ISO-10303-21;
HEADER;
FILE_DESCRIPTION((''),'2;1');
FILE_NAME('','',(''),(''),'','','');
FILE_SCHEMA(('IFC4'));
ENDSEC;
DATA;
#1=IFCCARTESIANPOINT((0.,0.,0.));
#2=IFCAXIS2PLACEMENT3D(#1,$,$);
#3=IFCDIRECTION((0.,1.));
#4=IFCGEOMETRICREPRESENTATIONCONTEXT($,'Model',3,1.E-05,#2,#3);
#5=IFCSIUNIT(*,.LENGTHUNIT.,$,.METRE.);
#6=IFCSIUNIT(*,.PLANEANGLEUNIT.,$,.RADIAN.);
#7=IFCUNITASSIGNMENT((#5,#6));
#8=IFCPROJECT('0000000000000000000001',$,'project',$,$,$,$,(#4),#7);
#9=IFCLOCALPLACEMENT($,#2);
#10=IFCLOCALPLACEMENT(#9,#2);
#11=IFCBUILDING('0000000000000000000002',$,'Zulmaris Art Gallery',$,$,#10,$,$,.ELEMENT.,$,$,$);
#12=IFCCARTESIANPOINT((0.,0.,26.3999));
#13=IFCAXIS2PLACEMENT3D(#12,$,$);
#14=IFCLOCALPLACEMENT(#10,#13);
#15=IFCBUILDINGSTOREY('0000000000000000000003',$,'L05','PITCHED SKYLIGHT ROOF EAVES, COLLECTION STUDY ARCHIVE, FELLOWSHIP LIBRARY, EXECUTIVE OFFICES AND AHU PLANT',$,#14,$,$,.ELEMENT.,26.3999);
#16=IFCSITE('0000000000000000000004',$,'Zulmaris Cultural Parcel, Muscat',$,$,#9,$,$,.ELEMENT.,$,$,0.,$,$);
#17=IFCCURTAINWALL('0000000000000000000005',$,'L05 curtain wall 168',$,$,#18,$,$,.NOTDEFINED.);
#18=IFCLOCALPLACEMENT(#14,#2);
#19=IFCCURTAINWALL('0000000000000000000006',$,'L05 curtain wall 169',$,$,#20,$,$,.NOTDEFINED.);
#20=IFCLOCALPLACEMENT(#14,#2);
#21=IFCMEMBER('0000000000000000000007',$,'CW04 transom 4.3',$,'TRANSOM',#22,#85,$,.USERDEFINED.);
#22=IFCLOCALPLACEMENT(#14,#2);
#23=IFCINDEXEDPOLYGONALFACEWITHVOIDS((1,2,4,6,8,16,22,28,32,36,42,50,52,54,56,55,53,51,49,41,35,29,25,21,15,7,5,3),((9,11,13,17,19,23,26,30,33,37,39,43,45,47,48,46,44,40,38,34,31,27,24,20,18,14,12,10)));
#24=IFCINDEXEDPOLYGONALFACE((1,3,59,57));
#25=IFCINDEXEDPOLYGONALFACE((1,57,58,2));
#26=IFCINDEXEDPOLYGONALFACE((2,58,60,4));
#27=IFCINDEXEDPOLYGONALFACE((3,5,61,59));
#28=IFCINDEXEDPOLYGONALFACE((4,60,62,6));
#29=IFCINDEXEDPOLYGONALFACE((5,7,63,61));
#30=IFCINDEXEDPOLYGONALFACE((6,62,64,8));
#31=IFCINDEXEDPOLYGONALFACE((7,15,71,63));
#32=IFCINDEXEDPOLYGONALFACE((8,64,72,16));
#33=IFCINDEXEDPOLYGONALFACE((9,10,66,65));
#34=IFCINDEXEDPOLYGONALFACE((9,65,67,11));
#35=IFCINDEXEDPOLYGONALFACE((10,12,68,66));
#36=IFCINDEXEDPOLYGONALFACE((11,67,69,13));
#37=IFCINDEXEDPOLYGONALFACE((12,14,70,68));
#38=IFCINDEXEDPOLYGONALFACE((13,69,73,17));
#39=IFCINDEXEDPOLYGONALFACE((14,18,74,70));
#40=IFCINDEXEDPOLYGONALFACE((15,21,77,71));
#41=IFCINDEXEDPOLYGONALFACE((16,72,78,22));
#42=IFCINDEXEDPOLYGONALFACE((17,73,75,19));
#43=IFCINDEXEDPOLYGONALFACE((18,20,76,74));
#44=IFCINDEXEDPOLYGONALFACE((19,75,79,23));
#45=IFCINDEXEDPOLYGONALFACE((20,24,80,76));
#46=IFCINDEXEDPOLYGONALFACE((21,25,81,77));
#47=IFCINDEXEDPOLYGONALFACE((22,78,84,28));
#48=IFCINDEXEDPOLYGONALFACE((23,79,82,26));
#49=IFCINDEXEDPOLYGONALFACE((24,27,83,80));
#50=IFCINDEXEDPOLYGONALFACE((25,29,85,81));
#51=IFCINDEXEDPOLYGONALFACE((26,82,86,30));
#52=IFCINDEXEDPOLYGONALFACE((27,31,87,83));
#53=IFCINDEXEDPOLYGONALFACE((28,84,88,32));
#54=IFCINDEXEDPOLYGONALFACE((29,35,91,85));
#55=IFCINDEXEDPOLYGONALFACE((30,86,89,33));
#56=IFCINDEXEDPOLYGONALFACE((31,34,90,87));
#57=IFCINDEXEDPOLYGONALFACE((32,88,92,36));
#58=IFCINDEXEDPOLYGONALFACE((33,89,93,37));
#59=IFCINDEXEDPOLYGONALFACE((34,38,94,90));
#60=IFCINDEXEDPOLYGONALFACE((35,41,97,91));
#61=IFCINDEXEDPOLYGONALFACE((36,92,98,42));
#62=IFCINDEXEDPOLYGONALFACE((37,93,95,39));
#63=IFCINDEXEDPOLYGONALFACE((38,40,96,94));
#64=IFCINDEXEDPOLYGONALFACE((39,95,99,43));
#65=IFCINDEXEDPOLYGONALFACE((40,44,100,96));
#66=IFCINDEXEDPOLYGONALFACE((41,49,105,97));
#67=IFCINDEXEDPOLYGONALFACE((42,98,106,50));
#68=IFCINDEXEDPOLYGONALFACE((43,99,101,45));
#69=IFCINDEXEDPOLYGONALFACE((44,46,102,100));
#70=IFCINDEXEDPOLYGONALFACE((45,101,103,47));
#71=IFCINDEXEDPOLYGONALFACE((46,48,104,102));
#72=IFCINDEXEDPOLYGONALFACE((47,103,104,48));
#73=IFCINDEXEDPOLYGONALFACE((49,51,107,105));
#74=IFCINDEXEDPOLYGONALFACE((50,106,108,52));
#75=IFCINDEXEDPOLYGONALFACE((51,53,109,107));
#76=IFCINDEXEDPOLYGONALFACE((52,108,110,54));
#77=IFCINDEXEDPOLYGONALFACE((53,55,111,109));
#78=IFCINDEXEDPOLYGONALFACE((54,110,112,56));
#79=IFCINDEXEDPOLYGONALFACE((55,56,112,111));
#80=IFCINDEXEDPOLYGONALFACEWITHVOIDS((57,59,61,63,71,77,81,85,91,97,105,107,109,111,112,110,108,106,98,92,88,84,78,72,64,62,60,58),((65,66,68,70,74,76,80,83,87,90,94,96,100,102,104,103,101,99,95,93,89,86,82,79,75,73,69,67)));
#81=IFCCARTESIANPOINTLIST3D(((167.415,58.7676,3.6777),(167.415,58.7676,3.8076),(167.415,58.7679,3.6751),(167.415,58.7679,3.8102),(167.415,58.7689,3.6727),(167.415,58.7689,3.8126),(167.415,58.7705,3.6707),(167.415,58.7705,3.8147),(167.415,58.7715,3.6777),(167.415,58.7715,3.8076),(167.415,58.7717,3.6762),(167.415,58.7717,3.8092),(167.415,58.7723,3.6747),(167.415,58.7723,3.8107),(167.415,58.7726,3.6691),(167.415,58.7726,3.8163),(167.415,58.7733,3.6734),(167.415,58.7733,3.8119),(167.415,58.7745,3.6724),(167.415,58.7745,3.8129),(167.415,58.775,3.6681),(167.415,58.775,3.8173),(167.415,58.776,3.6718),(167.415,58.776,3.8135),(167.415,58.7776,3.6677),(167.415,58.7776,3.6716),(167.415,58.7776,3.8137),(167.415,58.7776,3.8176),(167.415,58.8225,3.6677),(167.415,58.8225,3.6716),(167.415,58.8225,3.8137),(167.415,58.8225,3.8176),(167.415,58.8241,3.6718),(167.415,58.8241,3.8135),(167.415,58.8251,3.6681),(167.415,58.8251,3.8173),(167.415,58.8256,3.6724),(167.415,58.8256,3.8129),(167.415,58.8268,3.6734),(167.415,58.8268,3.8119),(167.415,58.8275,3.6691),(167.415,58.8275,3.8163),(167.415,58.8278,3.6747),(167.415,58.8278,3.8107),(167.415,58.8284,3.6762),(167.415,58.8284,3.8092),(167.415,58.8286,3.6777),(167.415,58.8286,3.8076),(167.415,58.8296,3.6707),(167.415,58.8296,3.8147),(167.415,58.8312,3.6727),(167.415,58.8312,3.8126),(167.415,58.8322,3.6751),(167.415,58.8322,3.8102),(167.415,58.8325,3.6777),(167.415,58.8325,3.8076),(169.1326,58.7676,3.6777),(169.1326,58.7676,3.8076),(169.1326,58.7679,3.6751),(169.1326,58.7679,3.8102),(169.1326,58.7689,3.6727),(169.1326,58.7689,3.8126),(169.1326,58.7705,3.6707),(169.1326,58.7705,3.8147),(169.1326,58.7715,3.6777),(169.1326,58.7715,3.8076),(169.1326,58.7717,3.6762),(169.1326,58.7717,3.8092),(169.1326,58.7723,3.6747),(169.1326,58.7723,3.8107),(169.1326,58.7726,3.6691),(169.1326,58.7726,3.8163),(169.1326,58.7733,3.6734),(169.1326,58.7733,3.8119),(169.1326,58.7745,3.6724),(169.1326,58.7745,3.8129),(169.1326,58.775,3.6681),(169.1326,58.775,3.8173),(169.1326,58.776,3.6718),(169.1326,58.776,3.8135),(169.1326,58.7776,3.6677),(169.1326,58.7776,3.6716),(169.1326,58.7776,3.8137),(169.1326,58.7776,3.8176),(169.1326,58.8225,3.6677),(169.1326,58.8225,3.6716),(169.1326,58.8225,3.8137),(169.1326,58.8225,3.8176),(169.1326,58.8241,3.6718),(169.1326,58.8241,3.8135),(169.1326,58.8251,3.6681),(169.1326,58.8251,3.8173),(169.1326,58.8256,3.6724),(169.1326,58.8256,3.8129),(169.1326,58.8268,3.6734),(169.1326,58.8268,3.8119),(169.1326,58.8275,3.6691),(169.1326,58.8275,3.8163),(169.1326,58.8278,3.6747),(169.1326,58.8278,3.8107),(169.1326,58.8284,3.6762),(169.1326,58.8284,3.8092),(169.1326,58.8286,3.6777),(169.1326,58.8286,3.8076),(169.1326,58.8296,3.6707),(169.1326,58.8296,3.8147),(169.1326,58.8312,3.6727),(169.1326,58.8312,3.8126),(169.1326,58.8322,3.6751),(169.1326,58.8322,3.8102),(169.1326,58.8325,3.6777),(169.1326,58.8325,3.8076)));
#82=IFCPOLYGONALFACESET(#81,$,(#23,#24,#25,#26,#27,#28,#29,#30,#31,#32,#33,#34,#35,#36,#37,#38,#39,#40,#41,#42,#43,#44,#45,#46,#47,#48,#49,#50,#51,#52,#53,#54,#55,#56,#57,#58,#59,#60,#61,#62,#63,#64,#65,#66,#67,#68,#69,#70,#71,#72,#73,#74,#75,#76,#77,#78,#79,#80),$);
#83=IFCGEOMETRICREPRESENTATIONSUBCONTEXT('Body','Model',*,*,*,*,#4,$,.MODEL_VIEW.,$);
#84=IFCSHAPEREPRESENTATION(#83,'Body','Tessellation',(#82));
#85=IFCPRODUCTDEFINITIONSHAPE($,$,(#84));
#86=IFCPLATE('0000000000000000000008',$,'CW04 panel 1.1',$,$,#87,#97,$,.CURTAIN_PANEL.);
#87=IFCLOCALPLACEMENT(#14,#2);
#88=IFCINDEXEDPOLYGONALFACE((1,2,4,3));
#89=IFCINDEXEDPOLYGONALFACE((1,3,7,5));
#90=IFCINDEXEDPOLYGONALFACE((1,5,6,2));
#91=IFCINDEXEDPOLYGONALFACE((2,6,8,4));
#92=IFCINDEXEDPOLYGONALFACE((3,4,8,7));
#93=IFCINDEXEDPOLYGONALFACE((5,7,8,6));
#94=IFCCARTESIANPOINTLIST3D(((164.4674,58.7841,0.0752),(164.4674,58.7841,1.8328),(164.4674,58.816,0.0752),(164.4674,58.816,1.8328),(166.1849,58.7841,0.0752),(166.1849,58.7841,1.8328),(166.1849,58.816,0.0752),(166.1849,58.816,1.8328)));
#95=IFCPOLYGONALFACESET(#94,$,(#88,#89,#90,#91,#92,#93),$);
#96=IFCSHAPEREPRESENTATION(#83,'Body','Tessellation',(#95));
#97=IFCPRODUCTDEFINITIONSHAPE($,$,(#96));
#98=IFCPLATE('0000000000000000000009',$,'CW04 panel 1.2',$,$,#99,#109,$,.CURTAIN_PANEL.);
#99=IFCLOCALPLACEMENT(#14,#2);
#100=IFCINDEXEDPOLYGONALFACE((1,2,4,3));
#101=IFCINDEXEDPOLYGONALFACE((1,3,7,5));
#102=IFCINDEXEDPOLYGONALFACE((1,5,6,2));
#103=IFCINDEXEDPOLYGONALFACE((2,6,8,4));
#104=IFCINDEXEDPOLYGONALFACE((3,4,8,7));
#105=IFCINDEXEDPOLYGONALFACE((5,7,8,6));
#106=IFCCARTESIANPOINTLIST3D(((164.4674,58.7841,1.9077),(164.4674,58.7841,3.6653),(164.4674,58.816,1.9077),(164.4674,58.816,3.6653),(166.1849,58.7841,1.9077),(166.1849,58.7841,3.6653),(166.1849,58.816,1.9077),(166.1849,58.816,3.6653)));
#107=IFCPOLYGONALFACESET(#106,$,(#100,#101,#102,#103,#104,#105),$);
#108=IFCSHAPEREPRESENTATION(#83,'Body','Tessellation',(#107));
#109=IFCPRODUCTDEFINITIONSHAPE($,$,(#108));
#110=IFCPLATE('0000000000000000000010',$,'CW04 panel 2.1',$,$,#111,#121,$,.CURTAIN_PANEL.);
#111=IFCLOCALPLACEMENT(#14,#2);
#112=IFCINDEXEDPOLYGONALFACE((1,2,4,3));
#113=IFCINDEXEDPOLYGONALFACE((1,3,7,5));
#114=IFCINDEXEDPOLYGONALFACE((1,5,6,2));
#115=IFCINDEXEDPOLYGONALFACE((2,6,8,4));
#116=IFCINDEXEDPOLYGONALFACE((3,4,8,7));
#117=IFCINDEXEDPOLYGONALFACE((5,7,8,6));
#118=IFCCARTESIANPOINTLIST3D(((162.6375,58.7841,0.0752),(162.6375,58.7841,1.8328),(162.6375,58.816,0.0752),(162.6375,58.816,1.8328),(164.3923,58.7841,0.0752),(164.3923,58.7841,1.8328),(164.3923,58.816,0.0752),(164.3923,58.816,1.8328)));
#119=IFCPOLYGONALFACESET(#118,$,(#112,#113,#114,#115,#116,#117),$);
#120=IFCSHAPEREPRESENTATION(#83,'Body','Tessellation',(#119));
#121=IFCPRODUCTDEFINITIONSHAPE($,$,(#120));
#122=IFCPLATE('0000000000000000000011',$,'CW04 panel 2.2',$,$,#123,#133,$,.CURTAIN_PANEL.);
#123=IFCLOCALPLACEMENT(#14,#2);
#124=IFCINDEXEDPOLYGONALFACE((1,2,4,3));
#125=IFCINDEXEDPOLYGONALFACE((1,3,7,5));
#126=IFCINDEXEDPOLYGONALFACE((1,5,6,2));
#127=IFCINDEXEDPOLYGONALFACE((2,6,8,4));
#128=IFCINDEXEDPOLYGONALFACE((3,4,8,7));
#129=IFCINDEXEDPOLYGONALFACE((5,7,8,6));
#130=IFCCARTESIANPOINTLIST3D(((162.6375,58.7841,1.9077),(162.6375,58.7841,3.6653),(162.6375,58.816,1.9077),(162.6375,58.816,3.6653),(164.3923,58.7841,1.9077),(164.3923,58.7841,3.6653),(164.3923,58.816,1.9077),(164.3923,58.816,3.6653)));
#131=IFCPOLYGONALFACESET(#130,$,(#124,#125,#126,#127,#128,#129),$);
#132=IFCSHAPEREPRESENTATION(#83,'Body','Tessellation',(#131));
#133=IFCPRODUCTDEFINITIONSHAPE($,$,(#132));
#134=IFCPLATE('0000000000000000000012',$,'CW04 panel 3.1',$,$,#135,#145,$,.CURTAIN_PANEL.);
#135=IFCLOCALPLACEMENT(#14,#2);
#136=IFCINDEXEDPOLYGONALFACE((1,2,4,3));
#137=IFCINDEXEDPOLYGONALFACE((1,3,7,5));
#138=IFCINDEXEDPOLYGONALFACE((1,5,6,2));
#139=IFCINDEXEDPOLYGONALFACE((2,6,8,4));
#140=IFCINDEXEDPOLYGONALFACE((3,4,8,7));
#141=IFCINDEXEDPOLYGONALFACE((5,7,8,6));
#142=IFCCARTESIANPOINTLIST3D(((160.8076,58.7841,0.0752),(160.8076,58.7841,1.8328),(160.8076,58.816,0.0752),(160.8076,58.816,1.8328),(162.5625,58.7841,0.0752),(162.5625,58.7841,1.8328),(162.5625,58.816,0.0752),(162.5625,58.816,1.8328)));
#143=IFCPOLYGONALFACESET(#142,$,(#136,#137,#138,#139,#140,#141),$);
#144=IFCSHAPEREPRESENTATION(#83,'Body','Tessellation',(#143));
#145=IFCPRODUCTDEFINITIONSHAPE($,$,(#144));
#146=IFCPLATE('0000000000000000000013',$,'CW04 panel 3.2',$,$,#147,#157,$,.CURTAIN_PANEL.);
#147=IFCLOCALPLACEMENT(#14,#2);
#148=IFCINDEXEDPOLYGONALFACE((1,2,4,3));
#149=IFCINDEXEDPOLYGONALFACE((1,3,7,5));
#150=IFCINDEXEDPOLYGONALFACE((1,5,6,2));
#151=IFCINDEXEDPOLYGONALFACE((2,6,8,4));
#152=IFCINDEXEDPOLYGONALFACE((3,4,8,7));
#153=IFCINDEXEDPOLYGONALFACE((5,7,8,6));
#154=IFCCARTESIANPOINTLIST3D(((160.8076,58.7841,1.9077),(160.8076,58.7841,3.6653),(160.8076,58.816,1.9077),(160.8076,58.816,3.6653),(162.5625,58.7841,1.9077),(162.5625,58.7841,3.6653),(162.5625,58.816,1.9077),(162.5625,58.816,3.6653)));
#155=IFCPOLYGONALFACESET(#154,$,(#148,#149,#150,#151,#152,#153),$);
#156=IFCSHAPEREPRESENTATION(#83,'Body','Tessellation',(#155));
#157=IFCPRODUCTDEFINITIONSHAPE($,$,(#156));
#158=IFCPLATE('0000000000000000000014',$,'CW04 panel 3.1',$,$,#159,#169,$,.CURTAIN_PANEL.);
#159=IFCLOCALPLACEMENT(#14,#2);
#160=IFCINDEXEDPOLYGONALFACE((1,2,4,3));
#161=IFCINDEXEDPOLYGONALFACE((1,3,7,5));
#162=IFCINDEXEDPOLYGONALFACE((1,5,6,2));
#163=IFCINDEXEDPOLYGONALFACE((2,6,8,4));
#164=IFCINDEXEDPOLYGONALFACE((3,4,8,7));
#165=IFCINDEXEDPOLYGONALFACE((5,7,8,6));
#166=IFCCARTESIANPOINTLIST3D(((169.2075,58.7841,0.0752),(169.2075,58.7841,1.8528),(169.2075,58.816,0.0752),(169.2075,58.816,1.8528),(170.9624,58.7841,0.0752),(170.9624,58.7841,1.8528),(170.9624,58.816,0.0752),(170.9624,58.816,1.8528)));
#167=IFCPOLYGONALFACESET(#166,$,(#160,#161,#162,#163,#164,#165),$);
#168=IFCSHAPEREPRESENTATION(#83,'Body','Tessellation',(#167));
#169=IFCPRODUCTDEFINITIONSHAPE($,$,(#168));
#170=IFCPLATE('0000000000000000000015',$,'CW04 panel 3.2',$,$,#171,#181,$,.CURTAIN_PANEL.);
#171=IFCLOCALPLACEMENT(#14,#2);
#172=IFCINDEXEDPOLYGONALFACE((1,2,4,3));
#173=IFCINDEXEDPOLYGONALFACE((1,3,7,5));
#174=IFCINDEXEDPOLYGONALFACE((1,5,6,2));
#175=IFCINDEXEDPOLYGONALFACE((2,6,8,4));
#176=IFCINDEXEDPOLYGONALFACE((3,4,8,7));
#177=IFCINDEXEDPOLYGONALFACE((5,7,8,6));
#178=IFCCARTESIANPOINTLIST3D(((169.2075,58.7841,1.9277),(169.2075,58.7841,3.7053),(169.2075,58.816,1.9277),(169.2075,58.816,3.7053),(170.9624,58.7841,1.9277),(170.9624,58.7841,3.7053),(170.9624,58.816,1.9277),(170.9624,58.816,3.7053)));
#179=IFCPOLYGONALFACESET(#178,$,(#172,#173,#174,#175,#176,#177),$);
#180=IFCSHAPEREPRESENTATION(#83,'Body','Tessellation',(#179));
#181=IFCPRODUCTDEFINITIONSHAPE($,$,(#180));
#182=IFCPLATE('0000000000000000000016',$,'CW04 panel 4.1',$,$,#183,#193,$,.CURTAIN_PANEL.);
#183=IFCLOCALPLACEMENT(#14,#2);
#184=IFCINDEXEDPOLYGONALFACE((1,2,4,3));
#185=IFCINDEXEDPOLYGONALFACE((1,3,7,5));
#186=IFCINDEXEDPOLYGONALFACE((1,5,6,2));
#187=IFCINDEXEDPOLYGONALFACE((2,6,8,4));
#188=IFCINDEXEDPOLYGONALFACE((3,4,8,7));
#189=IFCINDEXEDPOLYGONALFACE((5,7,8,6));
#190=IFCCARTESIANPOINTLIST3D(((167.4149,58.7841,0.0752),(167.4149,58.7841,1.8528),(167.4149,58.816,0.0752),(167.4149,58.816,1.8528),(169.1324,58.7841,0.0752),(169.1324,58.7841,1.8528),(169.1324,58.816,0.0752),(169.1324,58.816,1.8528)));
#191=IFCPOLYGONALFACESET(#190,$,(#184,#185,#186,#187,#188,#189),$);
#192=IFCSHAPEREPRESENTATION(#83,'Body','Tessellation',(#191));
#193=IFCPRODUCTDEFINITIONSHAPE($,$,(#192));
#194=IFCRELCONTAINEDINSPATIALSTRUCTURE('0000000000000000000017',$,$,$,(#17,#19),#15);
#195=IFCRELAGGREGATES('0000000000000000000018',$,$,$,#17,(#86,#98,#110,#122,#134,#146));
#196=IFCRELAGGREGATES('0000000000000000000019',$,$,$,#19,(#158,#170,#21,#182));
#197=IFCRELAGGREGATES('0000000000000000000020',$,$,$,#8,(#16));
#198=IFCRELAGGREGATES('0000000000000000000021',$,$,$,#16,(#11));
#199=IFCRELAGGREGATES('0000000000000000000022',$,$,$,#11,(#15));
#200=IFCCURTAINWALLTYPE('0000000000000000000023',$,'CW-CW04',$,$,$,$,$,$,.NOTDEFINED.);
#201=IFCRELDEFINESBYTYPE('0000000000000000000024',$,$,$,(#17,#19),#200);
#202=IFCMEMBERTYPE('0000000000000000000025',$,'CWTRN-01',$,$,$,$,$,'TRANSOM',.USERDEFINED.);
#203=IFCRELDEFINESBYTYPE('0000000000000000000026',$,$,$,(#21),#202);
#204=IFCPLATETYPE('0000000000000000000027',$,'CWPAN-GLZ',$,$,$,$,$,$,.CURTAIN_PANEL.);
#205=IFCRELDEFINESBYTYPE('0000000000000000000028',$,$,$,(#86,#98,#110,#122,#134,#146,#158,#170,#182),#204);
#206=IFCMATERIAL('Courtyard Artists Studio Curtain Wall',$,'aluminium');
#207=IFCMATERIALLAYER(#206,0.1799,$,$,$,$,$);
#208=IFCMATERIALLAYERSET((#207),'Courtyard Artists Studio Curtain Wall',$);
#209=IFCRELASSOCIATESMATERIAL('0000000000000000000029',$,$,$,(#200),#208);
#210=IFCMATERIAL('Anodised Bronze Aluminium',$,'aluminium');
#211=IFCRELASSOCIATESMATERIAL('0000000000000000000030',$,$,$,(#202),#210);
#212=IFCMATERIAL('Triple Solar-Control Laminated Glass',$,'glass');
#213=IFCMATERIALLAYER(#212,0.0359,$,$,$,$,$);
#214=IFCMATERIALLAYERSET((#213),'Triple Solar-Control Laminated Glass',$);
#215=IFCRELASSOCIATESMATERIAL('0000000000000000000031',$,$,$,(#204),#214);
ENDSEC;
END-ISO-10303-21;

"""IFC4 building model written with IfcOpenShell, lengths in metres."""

from ifc_helpers import new_model, si_unit, direction, frame, origin, origin_2d, place, context, subcontext, project, spatial, rectangle, hollow_rectangle, extrude, material, layer, layer_set, material_profile, profile_set, type_object, element, aggregate, save


model = new_model("IFC4")

# Units and contexts
model_context = context("Model", 3, precision=1e-05, world=origin(), true_north=direction((0.0, 1.0)))
body_context = subcontext(model_context, "Body", "Model", "MODEL_VIEW")
ifc_project = project(units=[si_unit("LENGTHUNIT", "METRE"), si_unit("PLANEANGLEUNIT", "RADIAN")], contexts=[model_context])

# Site, building, storey
site_placement = place(None, origin())
site = spatial("IfcSite", under=ifc_project, at=site_placement, Name="Zulmaris Cultural Parcel, Muscat", CompositionType="ELEMENT", RefElevation=0.0)
building_placement = place(site_placement, origin())
building = spatial("IfcBuilding", under=site, at=building_placement, Name="Zulmaris Art Gallery", CompositionType="ELEMENT")
storey_placement = place(building_placement, frame((0.0, 0.0, 26.3999)))
storey = spatial("IfcBuildingStorey", under=building, at=storey_placement, Name="L05", Description="PITCHED SKYLIGHT ROOF EAVES, COLLECTION STUDY ARCHIVE, FELLOWSHIP LIBRARY, EXECUTIVE OFFICES AND AHU PLANT", CompositionType="ELEMENT", Elevation=26.3999)

# Curtain walls
ifc_material_1 = material(Name="Courtyard Artists Studio Curtain Wall", Category="aluminium")
ifc_layer_1 = layer(ifc_material_1, 0.1799)
ifc_layer_set_1 = layer_set([ifc_layer_1], Name="Courtyard Artists Studio Curtain Wall")
curtain_wall_type = type_object("IfcCurtainWallType", Name="CW-CW04", PredefinedType="NOTDEFINED", material=ifc_layer_set_1)
curtain_wall_1_placement = place(storey_placement, origin())
curtain_wall_1 = element("IfcCurtainWall", 1, at=curtain_wall_1_placement, inside=storey, type_object=curtain_wall_type, Name="L05 curtain wall 168", PredefinedType="NOTDEFINED")
ifc_material_2 = material(Name="Anodised Bronze Aluminium", Category="aluminium")
curtain_wall_2_placement = place(storey_placement, origin())
curtain_wall_2 = element("IfcCurtainWall", 2, at=curtain_wall_2_placement, inside=storey, type_object=curtain_wall_type, Name="L05 curtain wall 169", PredefinedType="NOTDEFINED")

# Member
ifc_material_profile_1 = material_profile(ifc_material_2, hollow_rectangle(XDim=0.0649, YDim=0.1499, WallThickness=0.0039, InnerFilletRadius=0.0061, OuterFilletRadius=0.01, at=origin_2d()), Name="ALU 65x150x4")
ifc_profile_set_1 = profile_set([ifc_material_profile_1], Name="Anodised Bronze Aluminium")
member_type_1 = type_object("IfcMemberType", Name="CWTRN-01", ElementType="TRANSOM", PredefinedType="USERDEFINED", material=ifc_profile_set_1)
member_1_placement = place(storey_placement, frame((169.1326, 58.8, 3.7427), z_axis=(-1.0, 0.0, 0.0), x_axis=(0.0, -1.0, 0.0)))
member_1 = element("IfcMember", 3, at=member_1_placement, type_object=member_type_1, Name="CW04 transom 4.3", ObjectType="TRANSOM", PredefinedType="USERDEFINED", context=body_context, shape_type="SweptSolid", body=[
    extrude(hollow_rectangle(XDim=0.0649, YDim=0.1499, WallThickness=0.0039, InnerFilletRadius=0.0061, OuterFilletRadius=0.01, at=origin_2d()), origin(), (0.0, 0.0, 1.0), 1.7175),
])

# Plates
ifc_material_3 = material(Name="Triple Solar-Control Laminated Glass", Category="glass")
ifc_layer_2 = layer(ifc_material_3, 0.0359)
ifc_layer_set_2 = layer_set([ifc_layer_2], Name="Triple Solar-Control Laminated Glass")
plate_type = type_object("IfcPlateType", Name="CWPAN-GLZ", PredefinedType="CURTAIN_PANEL", material=ifc_layer_set_2)
plate_1_placement = place(storey_placement, frame((165.3262, 58.8, 0.0752), z_axis=(0.0, 0.0, 1.0), x_axis=(-1.0, 0.0, 0.0)))
plate_1 = element("IfcPlate", 4, at=plate_1_placement, type_object=plate_type, Name="CW04 panel 1.1", PredefinedType="CURTAIN_PANEL", context=body_context, shape_type="SweptSolid", body=[
    extrude(rectangle(XDim=1.7175, YDim=0.032, at=origin_2d()), origin(), (0.0, 0.0, 1.0), 1.7576),
])
plate_2_placement = place(storey_placement, frame((165.3262, 58.8, 1.9077), z_axis=(0.0, 0.0, 1.0), x_axis=(-1.0, 0.0, 0.0)))
plate_2 = element("IfcPlate", 5, at=plate_2_placement, type_object=plate_type, Name="CW04 panel 1.2", PredefinedType="CURTAIN_PANEL", context=body_context, shape_type="SweptSolid", body=[
    extrude(rectangle(XDim=1.7175, YDim=0.032, at=origin_2d()), origin(), (0.0, 0.0, 1.0), 1.7576),
])
plate_3_placement = place(storey_placement, frame((163.5149, 58.8, 0.0752), z_axis=(0.0, 0.0, 1.0), x_axis=(-1.0, 0.0, 0.0)))
plate_3 = element("IfcPlate", 6, at=plate_3_placement, type_object=plate_type, Name="CW04 panel 2.1", PredefinedType="CURTAIN_PANEL", context=body_context, shape_type="SweptSolid", body=[
    extrude(rectangle(XDim=1.7549, YDim=0.032, at=origin_2d()), origin(), (0.0, 0.0, 1.0), 1.7576),
])
plate_4_placement = place(storey_placement, frame((163.5149, 58.8, 1.9077), z_axis=(0.0, 0.0, 1.0), x_axis=(-1.0, 0.0, 0.0)))
plate_4 = element("IfcPlate", 7, at=plate_4_placement, type_object=plate_type, Name="CW04 panel 2.2", PredefinedType="CURTAIN_PANEL", context=body_context, shape_type="SweptSolid", body=[
    extrude(rectangle(XDim=1.7549, YDim=0.032, at=origin_2d()), origin(), (0.0, 0.0, 1.0), 1.7576),
])
plate_5_placement = place(storey_placement, frame((161.6851, 58.8, 0.0752), z_axis=(0.0, 0.0, 1.0), x_axis=(-1.0, 0.0, 0.0)))
plate_5 = element("IfcPlate", 8, at=plate_5_placement, type_object=plate_type, Name="CW04 panel 3.1", PredefinedType="CURTAIN_PANEL", context=body_context, shape_type="SweptSolid", body=[
    extrude(rectangle(XDim=1.7549, YDim=0.032, at=origin_2d()), origin(), (0.0, 0.0, 1.0), 1.7576),
])
plate_6_placement = place(storey_placement, frame((161.6851, 58.8, 1.9077), z_axis=(0.0, 0.0, 1.0), x_axis=(-1.0, 0.0, 0.0)))
plate_6 = element("IfcPlate", 9, at=plate_6_placement, type_object=plate_type, Name="CW04 panel 3.2", PredefinedType="CURTAIN_PANEL", context=body_context, shape_type="SweptSolid", body=[
    extrude(rectangle(XDim=1.7549, YDim=0.032, at=origin_2d()), origin(), (0.0, 0.0, 1.0), 1.7576),
])
aggregate(curtain_wall_1, [plate_1, plate_2, plate_3, plate_4, plate_5, plate_6])
plate_7_placement = place(storey_placement, frame((170.085, 58.8, 0.0752), z_axis=(0.0, 0.0, 1.0), x_axis=(-1.0, 0.0, 0.0)))
plate_7 = element("IfcPlate", 10, at=plate_7_placement, type_object=plate_type, Name="CW04 panel 3.1", PredefinedType="CURTAIN_PANEL", context=body_context, shape_type="SweptSolid", body=[
    extrude(rectangle(XDim=1.7549, YDim=0.032, at=origin_2d()), origin(), (0.0, 0.0, 1.0), 1.7776),
])
plate_8_placement = place(storey_placement, frame((170.085, 58.8, 1.9277), z_axis=(0.0, 0.0, 1.0), x_axis=(-1.0, 0.0, 0.0)))
plate_8 = element("IfcPlate", 11, at=plate_8_placement, type_object=plate_type, Name="CW04 panel 3.2", PredefinedType="CURTAIN_PANEL", context=body_context, shape_type="SweptSolid", body=[
    extrude(rectangle(XDim=1.7549, YDim=0.032, at=origin_2d()), origin(), (0.0, 0.0, 1.0), 1.7776),
])
plate_9_placement = place(storey_placement, frame((168.2737, 58.8, 0.0752), z_axis=(0.0, 0.0, 1.0), x_axis=(-1.0, 0.0, 0.0)))
plate_9 = element("IfcPlate", 12, at=plate_9_placement, type_object=plate_type, Name="CW04 panel 4.1", PredefinedType="CURTAIN_PANEL", context=body_context, shape_type="SweptSolid", body=[
    extrude(rectangle(XDim=1.7175, YDim=0.032, at=origin_2d()), origin(), (0.0, 0.0, 1.0), 1.7776),
])
aggregate(curtain_wall_2, [plate_7, plate_8, member_1, plate_9])

save(model, "model.ifc")
